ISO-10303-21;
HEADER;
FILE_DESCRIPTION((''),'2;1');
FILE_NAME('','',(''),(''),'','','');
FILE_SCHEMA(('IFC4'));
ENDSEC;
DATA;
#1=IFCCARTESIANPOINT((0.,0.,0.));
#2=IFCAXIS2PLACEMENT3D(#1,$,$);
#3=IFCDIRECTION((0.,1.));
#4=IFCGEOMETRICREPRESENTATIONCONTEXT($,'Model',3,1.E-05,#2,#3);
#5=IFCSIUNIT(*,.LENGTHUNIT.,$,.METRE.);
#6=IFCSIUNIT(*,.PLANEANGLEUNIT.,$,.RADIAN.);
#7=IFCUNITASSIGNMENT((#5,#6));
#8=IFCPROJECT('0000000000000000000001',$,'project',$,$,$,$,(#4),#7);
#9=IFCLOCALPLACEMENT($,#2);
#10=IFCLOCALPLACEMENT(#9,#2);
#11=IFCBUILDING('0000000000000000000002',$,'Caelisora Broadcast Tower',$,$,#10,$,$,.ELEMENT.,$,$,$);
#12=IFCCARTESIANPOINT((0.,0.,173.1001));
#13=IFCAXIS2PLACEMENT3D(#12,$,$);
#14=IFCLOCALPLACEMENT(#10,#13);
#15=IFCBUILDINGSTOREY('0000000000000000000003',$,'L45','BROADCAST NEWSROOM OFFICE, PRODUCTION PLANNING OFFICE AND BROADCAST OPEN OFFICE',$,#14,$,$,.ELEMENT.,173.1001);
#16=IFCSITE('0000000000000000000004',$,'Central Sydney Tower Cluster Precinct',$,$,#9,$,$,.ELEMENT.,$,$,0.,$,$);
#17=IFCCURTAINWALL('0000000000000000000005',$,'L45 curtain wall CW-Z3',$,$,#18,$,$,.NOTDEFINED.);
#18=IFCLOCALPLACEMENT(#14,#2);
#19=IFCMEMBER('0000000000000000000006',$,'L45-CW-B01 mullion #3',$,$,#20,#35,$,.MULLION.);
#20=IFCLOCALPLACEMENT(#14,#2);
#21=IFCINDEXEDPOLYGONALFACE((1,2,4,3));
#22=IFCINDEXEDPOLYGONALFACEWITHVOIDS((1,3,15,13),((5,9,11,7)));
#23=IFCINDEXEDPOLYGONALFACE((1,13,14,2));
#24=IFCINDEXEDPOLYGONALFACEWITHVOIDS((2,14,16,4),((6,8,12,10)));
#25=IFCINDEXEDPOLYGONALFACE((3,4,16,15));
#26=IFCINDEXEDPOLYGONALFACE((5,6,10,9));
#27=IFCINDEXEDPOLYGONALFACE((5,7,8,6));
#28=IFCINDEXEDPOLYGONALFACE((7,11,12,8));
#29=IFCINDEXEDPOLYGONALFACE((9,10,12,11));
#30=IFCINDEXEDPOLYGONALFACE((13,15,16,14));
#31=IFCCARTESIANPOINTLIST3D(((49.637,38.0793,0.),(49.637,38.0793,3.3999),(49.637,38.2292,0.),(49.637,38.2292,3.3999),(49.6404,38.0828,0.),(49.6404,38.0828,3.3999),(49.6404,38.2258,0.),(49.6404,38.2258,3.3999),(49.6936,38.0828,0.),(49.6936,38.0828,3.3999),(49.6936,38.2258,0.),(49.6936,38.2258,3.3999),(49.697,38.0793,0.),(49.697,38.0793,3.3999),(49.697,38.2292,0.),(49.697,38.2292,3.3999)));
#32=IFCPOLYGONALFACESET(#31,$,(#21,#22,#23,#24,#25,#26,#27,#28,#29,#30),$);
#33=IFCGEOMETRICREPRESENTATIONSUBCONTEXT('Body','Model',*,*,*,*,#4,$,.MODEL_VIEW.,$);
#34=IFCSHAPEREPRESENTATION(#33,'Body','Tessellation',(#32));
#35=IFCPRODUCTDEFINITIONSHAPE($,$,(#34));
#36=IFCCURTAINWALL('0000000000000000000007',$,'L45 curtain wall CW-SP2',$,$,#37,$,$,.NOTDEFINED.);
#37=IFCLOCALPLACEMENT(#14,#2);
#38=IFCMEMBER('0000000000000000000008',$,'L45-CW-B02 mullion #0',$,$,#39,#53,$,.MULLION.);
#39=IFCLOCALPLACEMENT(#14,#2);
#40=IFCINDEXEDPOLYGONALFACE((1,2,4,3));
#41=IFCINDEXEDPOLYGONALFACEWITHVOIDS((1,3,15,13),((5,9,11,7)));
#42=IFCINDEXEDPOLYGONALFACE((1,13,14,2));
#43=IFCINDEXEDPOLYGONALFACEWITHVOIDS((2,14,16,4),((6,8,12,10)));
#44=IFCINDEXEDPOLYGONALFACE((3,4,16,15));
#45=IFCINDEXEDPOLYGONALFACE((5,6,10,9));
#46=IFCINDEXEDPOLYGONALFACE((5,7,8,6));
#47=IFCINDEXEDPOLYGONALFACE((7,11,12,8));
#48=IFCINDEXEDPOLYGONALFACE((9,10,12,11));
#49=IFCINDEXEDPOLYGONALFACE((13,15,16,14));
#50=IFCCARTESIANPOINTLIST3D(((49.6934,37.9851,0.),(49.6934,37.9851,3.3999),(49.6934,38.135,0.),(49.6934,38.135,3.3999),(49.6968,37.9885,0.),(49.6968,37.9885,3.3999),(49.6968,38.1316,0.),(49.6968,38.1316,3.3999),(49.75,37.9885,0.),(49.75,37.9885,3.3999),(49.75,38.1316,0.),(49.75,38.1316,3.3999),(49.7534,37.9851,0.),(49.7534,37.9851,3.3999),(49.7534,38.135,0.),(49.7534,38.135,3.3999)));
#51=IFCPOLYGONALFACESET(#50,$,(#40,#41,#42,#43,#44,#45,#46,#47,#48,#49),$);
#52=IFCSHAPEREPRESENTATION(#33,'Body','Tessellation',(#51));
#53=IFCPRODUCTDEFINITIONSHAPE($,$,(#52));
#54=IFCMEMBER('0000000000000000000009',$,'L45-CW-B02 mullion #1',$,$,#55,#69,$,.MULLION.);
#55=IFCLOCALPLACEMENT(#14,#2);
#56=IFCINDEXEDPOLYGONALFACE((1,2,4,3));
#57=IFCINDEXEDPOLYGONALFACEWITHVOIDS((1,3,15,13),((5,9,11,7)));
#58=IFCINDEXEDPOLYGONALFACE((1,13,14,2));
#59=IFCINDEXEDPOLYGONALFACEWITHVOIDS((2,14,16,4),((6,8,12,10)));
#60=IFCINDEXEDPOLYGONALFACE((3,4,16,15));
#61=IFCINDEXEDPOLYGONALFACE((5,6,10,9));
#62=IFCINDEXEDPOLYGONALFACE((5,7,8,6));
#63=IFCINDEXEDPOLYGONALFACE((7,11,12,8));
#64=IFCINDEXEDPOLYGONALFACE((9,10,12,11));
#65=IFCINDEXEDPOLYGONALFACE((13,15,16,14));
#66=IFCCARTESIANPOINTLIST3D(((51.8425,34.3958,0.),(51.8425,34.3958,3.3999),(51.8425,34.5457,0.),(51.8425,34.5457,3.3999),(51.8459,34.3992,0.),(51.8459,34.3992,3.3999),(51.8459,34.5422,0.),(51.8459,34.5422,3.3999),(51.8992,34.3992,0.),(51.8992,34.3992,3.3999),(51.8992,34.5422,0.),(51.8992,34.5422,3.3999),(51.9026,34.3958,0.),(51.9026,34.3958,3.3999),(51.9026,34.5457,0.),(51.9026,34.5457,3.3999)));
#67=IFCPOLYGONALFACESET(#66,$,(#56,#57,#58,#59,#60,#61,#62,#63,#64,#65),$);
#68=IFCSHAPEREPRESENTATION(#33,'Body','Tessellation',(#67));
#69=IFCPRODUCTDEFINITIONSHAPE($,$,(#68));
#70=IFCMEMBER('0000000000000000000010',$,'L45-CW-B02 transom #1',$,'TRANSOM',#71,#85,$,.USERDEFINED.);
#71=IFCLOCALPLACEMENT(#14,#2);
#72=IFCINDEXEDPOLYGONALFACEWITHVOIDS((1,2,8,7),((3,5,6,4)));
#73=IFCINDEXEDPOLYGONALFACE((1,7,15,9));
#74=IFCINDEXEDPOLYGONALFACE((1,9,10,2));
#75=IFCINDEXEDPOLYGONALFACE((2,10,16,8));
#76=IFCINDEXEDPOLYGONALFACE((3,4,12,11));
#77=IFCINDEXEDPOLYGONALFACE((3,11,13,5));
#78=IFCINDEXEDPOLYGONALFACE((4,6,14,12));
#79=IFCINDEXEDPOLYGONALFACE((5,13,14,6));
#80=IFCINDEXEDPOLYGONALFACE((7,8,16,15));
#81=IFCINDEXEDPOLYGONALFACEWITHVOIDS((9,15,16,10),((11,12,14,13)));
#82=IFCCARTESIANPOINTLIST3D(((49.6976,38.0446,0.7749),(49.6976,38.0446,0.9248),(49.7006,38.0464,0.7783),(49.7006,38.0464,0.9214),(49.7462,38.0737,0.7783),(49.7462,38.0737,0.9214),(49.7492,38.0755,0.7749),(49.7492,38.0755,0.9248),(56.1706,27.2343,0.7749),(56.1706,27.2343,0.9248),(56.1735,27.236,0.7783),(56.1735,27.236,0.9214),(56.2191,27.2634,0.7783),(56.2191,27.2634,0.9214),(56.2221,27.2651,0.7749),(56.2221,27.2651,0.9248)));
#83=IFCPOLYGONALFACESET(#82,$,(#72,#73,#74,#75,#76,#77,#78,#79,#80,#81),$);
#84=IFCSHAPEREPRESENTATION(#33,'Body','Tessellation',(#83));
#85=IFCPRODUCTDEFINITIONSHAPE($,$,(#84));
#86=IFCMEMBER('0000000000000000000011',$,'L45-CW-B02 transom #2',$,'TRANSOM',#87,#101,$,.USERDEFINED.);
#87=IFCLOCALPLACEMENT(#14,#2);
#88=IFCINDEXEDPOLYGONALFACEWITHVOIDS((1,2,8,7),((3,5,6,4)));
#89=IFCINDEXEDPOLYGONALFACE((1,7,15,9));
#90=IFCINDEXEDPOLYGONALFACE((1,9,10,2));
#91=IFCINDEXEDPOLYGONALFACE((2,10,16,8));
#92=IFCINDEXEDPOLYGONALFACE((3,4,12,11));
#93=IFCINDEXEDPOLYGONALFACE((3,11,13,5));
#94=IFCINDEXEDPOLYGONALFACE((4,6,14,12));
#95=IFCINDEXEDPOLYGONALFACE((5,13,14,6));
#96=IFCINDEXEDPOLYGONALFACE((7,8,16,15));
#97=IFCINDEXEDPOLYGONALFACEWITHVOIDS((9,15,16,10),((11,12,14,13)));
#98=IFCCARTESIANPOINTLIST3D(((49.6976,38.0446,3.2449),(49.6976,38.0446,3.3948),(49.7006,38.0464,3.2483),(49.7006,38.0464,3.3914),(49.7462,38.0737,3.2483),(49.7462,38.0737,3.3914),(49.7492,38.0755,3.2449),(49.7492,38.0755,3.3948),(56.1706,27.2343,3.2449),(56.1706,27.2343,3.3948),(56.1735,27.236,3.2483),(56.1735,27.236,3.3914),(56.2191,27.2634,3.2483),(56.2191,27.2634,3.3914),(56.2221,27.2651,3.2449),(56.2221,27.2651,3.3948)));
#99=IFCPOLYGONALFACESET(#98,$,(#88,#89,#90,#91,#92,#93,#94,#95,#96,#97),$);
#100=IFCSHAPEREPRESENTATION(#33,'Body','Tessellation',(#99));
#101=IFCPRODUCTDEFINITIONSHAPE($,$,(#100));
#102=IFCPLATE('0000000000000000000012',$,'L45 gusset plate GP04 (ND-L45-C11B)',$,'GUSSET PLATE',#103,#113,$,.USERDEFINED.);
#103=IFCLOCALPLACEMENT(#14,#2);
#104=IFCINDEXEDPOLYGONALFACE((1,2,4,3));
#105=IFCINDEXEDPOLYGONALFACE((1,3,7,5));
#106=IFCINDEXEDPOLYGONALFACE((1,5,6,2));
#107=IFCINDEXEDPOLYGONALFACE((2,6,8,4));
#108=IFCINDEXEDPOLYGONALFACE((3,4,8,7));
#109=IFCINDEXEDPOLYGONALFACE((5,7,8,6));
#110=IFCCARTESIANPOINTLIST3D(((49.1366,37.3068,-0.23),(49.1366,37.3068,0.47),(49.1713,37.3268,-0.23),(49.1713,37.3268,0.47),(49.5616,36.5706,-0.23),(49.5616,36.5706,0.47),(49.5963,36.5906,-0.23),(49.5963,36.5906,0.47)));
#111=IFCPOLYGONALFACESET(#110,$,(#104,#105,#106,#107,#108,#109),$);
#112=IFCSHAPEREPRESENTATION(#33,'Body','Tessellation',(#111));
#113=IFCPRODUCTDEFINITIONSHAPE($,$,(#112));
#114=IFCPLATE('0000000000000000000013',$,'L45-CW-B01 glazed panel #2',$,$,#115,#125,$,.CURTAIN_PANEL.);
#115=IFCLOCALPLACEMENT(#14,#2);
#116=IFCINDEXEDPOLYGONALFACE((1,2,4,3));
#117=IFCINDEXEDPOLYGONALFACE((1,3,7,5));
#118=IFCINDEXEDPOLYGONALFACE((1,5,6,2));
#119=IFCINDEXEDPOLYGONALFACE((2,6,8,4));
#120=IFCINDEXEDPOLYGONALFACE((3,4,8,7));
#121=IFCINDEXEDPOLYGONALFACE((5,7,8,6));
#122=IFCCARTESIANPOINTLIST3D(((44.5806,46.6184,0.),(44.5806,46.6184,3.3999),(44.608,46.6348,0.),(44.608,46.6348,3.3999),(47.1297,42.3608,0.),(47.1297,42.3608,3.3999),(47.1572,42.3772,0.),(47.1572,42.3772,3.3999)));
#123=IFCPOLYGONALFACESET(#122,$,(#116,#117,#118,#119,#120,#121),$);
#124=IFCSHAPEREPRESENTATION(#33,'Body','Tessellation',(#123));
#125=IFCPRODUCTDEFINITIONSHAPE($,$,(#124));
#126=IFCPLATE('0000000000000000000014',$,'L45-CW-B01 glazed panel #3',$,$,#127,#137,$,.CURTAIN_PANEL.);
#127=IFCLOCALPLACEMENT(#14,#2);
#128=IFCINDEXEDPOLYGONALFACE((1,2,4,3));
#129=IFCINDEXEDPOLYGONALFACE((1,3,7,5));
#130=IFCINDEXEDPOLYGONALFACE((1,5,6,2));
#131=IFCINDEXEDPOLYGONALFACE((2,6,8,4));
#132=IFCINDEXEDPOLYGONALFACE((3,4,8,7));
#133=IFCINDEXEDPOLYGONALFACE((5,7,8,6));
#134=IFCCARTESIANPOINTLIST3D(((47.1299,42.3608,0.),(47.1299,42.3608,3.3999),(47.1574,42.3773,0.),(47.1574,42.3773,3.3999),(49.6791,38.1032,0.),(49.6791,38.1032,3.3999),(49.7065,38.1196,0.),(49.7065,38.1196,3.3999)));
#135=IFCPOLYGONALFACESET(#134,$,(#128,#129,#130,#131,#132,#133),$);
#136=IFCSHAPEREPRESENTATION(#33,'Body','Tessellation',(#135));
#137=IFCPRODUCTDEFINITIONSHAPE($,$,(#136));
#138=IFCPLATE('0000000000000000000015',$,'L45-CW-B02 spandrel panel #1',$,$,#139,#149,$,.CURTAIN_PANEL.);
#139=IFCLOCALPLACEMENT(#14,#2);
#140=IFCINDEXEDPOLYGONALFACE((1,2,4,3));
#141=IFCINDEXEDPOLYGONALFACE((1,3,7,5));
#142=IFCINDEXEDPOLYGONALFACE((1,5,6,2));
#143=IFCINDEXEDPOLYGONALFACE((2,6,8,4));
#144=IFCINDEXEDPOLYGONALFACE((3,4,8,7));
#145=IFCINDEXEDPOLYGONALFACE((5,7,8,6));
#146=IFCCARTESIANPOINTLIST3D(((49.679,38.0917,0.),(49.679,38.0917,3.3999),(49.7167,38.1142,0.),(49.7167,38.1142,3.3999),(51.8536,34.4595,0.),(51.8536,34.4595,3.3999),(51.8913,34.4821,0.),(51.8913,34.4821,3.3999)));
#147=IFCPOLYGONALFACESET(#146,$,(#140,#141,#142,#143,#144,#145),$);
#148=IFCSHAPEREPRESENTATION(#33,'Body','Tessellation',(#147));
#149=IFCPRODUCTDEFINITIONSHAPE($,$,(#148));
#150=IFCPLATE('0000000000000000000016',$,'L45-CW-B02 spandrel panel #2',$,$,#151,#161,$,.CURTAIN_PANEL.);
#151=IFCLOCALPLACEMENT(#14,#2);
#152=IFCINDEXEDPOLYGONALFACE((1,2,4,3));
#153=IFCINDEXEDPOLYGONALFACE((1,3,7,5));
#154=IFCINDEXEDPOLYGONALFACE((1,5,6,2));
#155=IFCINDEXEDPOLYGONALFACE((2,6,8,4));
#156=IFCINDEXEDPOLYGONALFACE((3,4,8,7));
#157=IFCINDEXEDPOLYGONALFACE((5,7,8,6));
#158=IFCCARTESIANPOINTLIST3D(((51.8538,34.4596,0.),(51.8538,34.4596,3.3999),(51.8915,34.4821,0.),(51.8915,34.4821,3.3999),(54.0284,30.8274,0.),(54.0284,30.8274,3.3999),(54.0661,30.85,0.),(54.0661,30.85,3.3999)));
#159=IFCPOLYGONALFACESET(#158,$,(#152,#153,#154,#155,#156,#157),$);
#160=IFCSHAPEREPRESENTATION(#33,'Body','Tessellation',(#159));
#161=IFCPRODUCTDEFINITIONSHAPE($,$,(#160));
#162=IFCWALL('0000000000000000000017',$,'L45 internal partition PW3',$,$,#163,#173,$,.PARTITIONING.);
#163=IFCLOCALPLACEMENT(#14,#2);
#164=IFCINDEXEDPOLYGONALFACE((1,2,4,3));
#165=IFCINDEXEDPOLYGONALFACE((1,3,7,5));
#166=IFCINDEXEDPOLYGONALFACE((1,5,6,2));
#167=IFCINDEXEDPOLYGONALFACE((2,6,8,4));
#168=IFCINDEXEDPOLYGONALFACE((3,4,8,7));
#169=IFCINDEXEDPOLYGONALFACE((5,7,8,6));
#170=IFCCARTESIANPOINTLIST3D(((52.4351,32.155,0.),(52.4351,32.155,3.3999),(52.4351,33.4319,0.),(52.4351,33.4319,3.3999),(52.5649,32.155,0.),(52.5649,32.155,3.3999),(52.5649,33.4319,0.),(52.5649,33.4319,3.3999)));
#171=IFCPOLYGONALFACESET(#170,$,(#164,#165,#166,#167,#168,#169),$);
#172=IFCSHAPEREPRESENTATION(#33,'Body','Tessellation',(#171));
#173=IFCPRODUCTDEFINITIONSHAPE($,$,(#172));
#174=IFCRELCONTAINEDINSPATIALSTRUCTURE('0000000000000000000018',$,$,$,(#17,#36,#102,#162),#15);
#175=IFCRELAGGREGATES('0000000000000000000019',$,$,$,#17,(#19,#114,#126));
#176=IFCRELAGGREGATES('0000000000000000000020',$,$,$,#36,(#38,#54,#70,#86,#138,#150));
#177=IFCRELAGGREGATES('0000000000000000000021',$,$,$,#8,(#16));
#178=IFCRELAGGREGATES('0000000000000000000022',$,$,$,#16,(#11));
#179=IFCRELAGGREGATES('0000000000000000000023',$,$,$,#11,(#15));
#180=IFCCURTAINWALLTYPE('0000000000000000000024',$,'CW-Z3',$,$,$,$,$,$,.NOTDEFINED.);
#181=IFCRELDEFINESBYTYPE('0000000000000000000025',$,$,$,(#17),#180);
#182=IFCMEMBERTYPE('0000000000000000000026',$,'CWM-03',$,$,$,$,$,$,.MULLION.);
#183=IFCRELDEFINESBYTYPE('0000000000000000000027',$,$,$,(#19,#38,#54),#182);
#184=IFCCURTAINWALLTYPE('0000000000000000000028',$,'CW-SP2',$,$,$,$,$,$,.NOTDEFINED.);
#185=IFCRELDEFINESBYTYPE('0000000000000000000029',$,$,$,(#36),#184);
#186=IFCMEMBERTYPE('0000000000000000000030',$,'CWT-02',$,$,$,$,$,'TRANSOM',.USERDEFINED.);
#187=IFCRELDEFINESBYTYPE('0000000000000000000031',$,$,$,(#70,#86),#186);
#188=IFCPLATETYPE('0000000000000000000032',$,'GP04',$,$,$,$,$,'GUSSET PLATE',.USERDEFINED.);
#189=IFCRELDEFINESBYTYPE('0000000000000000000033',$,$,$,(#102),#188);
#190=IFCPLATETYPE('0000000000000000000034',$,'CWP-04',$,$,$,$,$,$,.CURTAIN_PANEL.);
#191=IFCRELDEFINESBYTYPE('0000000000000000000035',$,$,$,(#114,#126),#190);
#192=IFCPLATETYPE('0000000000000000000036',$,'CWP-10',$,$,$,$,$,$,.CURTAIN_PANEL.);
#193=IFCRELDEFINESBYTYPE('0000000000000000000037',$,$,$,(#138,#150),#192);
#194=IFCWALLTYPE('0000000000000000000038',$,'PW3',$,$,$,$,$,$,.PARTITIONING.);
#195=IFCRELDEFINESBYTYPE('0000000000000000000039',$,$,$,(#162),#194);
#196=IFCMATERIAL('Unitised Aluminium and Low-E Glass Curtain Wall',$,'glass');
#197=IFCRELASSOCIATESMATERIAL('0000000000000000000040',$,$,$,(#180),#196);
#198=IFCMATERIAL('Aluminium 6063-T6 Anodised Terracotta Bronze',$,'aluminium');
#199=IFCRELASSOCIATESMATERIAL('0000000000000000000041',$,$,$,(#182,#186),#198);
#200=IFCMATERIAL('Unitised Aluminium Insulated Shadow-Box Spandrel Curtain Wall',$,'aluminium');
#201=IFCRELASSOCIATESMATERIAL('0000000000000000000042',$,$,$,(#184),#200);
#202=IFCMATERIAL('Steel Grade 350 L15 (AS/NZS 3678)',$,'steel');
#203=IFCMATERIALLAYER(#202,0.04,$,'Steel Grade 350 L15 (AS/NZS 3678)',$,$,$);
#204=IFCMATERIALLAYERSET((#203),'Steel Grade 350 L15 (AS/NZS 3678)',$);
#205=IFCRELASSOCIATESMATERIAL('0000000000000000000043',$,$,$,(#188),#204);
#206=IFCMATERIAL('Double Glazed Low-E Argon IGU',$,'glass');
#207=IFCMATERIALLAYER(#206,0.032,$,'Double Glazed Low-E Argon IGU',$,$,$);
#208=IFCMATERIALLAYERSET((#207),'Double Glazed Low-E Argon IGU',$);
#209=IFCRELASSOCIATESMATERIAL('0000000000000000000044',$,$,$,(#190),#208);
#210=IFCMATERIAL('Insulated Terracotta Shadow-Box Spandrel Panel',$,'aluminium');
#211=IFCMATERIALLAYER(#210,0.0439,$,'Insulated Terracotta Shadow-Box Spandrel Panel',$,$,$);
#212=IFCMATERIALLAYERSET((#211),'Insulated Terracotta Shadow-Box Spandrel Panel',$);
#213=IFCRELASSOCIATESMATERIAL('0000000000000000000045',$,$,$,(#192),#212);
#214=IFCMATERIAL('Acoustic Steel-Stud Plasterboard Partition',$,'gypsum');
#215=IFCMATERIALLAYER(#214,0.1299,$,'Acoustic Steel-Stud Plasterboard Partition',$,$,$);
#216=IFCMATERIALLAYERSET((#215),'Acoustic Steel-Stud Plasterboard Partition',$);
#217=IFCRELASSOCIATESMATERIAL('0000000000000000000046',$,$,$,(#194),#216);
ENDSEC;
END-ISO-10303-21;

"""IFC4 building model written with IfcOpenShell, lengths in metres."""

from ifc_helpers import new_model, si_unit, direction, frame, frame_2d, origin, origin_2d, place, context, subcontext, project, spatial, rectangle, hollow_rectangle, extrude, source, transform, mapped, material, layer, layer_set, material_profile, profile_set, type_object, type_shapes, element, aggregate, save


model = new_model("IFC4")

# Units and contexts
model_context = context("Model", 3, precision=1e-05, world=origin(), true_north=direction((0.0, 1.0)))
body_context = subcontext(model_context, "Body", "Model", "MODEL_VIEW")
ifc_project = project(units=[si_unit("LENGTHUNIT", "METRE"), si_unit("PLANEANGLEUNIT", "RADIAN")], contexts=[model_context])

# Site, building, storey
site_placement = place(None, origin())
site = spatial("IfcSite", under=ifc_project, at=site_placement, Name="Central Sydney Tower Cluster Precinct", CompositionType="ELEMENT", RefElevation=0.0)
building_placement = place(site_placement, origin())
building = spatial("IfcBuilding", under=site, at=building_placement, Name="Caelisora Broadcast Tower", CompositionType="ELEMENT")
storey_placement = place(building_placement, frame((0.0, 0.0, 173.1001)))
storey = spatial("IfcBuildingStorey", under=building, at=storey_placement, Name="L45", Description="BROADCAST NEWSROOM OFFICE, PRODUCTION PLANNING OFFICE AND BROADCAST OPEN OFFICE", CompositionType="ELEMENT", Elevation=173.1001)

# Shared definitions
ifc_material_1 = material(Name="Steel Grade 350 L15 (AS/NZS 3678)", Category="steel")

# Curtain walls, members
ifc_material_2 = material(Name="Unitised Aluminium and Low-E Glass Curtain Wall", Category="glass")
curtain_wall_type_1 = type_object("IfcCurtainWallType", Name="CW-Z3", PredefinedType="NOTDEFINED", material=ifc_material_2)
curtain_wall_1_placement = place(storey_placement, origin())
curtain_wall_1 = element("IfcCurtainWall", 1, at=curtain_wall_1_placement, inside=storey, type_object=curtain_wall_type_1, Name="L45 curtain wall CW-Z3", PredefinedType="NOTDEFINED")
ifc_material_3 = material(Name="Aluminium 6063-T6 Anodised Terracotta Bronze", Category="aluminium")
ifc_material_profile_1 = material_profile(ifc_material_3, hollow_rectangle(XDim=0.0601, YDim=0.1499, WallThickness=0.0034, at=origin_2d()), Name="Aluminium 6063-T6 Anodised Terracotta Bronze")
ifc_profile_set_1 = profile_set([ifc_material_profile_1], Name="Aluminium 6063-T6 Anodised Terracotta Bronze")
member_type_1 = type_object("IfcMemberType", Name="CWM-03", PredefinedType="MULLION", material=ifc_profile_set_1)
shared_shape_1 = source(origin(), body_context, "Body", "SweptSolid", [
    extrude(hollow_rectangle(XDim=0.0601, YDim=0.1499, WallThickness=0.0034, at=origin_2d()), origin(), (0.0, 0.0, 1.0), 3.3999),
])
type_shapes(member_type_1, [shared_shape_1])
member_1_placement = place(storey_placement, frame((49.667, 38.1543, 0.0), z_axis=(0.0, 0.0, 1.0), x_axis=(1.0, 0.0, 0.0)))
member_1 = element("IfcMember", 2, at=member_1_placement, type_object=member_type_1, Name="L45-CW-B01 mullion #3", PredefinedType="MULLION", context=body_context, shape_type="MappedRepresentation", body=[
    mapped(shared_shape_1, transform((0.0, 0.0, 0.0), scale=1.0)),
])
ifc_material_4 = material(Name="Unitised Aluminium Insulated Shadow-Box Spandrel Curtain Wall", Category="aluminium")
curtain_wall_type_2 = type_object("IfcCurtainWallType", Name="CW-SP2", PredefinedType="NOTDEFINED", material=ifc_material_4)
curtain_wall_2_placement = place(storey_placement, origin())
curtain_wall_2 = element("IfcCurtainWall", 3, at=curtain_wall_2_placement, inside=storey, type_object=curtain_wall_type_2, Name="L45 curtain wall CW-SP2", PredefinedType="NOTDEFINED")
member_2_placement = place(storey_placement, frame((49.7234, 38.0601, 0.0), z_axis=(0.0, 0.0, 1.0), x_axis=(1.0, 0.0, 0.0)))
member_2 = element("IfcMember", 4, at=member_2_placement, type_object=member_type_1, Name="L45-CW-B02 mullion #0", PredefinedType="MULLION", context=body_context, shape_type="MappedRepresentation", body=[
    mapped(shared_shape_1, transform((0.0, 0.0, 0.0), scale=1.0)),
])
member_3_placement = place(storey_placement, frame((51.8726, 34.4707, 0.0), z_axis=(0.0, 0.0, 1.0), x_axis=(1.0, 0.0, 0.0)))
member_3 = element("IfcMember", 5, at=member_3_placement, type_object=member_type_1, Name="L45-CW-B02 mullion #1", PredefinedType="MULLION", context=body_context, shape_type="MappedRepresentation", body=[
    mapped(shared_shape_1, transform((0.0, 0.0, 0.0), scale=1.0)),
])
ifc_material_profile_2 = material_profile(ifc_material_3, hollow_rectangle(XDim=0.0601, YDim=0.1499, WallThickness=0.0034, at=origin_2d()), Name="Aluminium 6063-T6 Anodised Terracotta Bronze")
ifc_profile_set_2 = profile_set([ifc_material_profile_2], Name="Aluminium 6063-T6 Anodised Terracotta Bronze")
member_type_2 = type_object("IfcMemberType", Name="CWT-02", ElementType="TRANSOM", PredefinedType="USERDEFINED", material=ifc_profile_set_2)
shared_shape_2 = source(origin(), body_context, "Body", "SweptSolid", [
    extrude(hollow_rectangle(XDim=0.0601, YDim=0.1499, WallThickness=0.0034, at=origin_2d()), origin(), (0.0, 0.0, 1.0), 12.6001),
])
type_shapes(member_type_2, [shared_shape_2])
member_4_placement = place(storey_placement, frame((49.7234, 38.0601, 0.8499), z_axis=(0.51372, -0.857958, 0.0), x_axis=(0.857958, 0.51372, 0.0)))
member_4 = element("IfcMember", 6, at=member_4_placement, type_object=member_type_2, Name="L45-CW-B02 transom #1", ObjectType="TRANSOM", PredefinedType="USERDEFINED", context=body_context, shape_type="MappedRepresentation", body=[
    mapped(shared_shape_2, transform((0.0, 0.0, 0.0), scale=1.0)),
])
member_5_placement = place(storey_placement, frame((49.7234, 38.0601, 3.3198), z_axis=(0.51372, -0.857958, 0.0), x_axis=(0.857958, 0.51372, 0.0)))
member_5 = element("IfcMember", 7, at=member_5_placement, type_object=member_type_2, Name="L45-CW-B02 transom #2", ObjectType="TRANSOM", PredefinedType="USERDEFINED", context=body_context, shape_type="MappedRepresentation", body=[
    mapped(shared_shape_2, transform((0.0, 0.0, 0.0), scale=1.0)),
])

# Plates
ifc_layer_1 = layer(ifc_material_1, 0.04, Name="Steel Grade 350 L15 (AS/NZS 3678)")
ifc_layer_set_1 = layer_set([ifc_layer_1], Name="Steel Grade 350 L15 (AS/NZS 3678)")
plate_type_1 = type_object("IfcPlateType", Name="GP04", ElementType="GUSSET PLATE", PredefinedType="USERDEFINED", material=ifc_layer_set_1)
shared_shape_3 = source(origin(), body_context, "Body", "SweptSolid", [
    extrude(rectangle(XDim=0.8501, YDim=0.04, at=origin_2d()), origin(), (0.0, 0.0, 1.0), 0.7),
])
type_shapes(plate_type_1, [shared_shape_3])
plate_1_placement = place(storey_placement, frame((49.3665, 36.9487, -0.23), z_axis=(0.0, 0.0, 1.0), x_axis=(-0.5, 0.866025, 0.0)))
element("IfcPlate", 8, at=plate_1_placement, inside=storey, type_object=plate_type_1, Name="L45 gusset plate GP04 (ND-L45-C11B)", ObjectType="GUSSET PLATE", PredefinedType="USERDEFINED", context=body_context, shape_type="MappedRepresentation", body=[
    mapped(shared_shape_3, transform((0.0, 0.0, 0.0), scale=1.0)),
])
ifc_material_5 = material(Name="Double Glazed Low-E Argon IGU", Category="glass")
ifc_layer_2 = layer(ifc_material_5, 0.032, Name="Double Glazed Low-E Argon IGU")
ifc_layer_set_2 = layer_set([ifc_layer_2], Name="Double Glazed Low-E Argon IGU")
plate_type_2 = type_object("IfcPlateType", Name="CWP-04", PredefinedType="CURTAIN_PANEL", material=ifc_layer_set_2)
shared_shape_4 = source(origin(), body_context, "Body", "SweptSolid", [
    extrude(rectangle(XDim=4.9624, YDim=0.032, at=origin_2d()), origin(), (0.0, 0.0, 1.0), 3.3999),
])
type_shapes(plate_type_2, [shared_shape_4])
plate_2_placement = place(storey_placement, frame((45.8689, 44.4978, 0.0), z_axis=(0.0, 0.0, 1.0), x_axis=(0.513691, -0.857975, 0.0)))
plate_2 = element("IfcPlate", 9, at=plate_2_placement, type_object=plate_type_2, Name="L45-CW-B01 glazed panel #2", PredefinedType="CURTAIN_PANEL", context=body_context, shape_type="MappedRepresentation", body=[
    mapped(shared_shape_4, transform((0.0, 0.0, 0.0), scale=1.0)),
])
plate_3_placement = place(storey_placement, frame((48.4182, 40.2402, 0.0), z_axis=(0.0, 0.0, 1.0), x_axis=(0.513691, -0.857975, 0.0)))
plate_3 = element("IfcPlate", 10, at=plate_3_placement, type_object=plate_type_2, Name="L45-CW-B01 glazed panel #3", PredefinedType="CURTAIN_PANEL", context=body_context, shape_type="MappedRepresentation", body=[
    mapped(shared_shape_4, transform((0.0, 0.0, 0.0), scale=1.0)),
])
aggregate(curtain_wall_1, [member_1, plate_2, plate_3])
ifc_material_6 = material(Name="Insulated Terracotta Shadow-Box Spandrel Panel", Category="aluminium")
ifc_layer_3 = layer(ifc_material_6, 0.0439, Name="Insulated Terracotta Shadow-Box Spandrel Panel")
ifc_layer_set_3 = layer_set([ifc_layer_3], Name="Insulated Terracotta Shadow-Box Spandrel Panel")
plate_type_3 = type_object("IfcPlateType", Name="CWP-10", PredefinedType="CURTAIN_PANEL", material=ifc_layer_set_3)
shared_shape_5 = source(origin(), body_context, "Body", "SweptSolid", [
    extrude(rectangle(XDim=4.2334, YDim=0.0439, at=origin_2d()), origin(), (0.0, 0.0, 1.0), 3.3999),
])
type_shapes(plate_type_3, [shared_shape_5])
plate_4_placement = place(storey_placement, frame((50.7852, 36.2869, 0.0), z_axis=(0.0, 0.0, 1.0), x_axis=(0.513691, -0.857975, 0.0)))
plate_4 = element("IfcPlate", 11, at=plate_4_placement, type_object=plate_type_3, Name="L45-CW-B02 spandrel panel #1", PredefinedType="CURTAIN_PANEL", context=body_context, shape_type="MappedRepresentation", body=[
    mapped(shared_shape_5, transform((0.0, 0.0, 0.0), scale=1.0)),
])
plate_5_placement = place(storey_placement, frame((52.96, 32.6548, 0.0), z_axis=(0.0, 0.0, 1.0), x_axis=(0.513691, -0.857975, 0.0)))
plate_5 = element("IfcPlate", 12, at=plate_5_placement, type_object=plate_type_3, Name="L45-CW-B02 spandrel panel #2", PredefinedType="CURTAIN_PANEL", context=body_context, shape_type="MappedRepresentation", body=[
    mapped(shared_shape_5, transform((0.0, 0.0, 0.0), scale=1.0)),
])
aggregate(curtain_wall_2, [member_2, member_3, member_4, member_5, plate_4, plate_5])

# Wall
ifc_material_7 = material(Name="Acoustic Steel-Stud Plasterboard Partition", Category="gypsum")
ifc_layer_4 = layer(ifc_material_7, 0.1299, Name="Acoustic Steel-Stud Plasterboard Partition")
ifc_layer_set_4 = layer_set([ifc_layer_4], Name="Acoustic Steel-Stud Plasterboard Partition")
wall_type = type_object("IfcWallType", Name="PW3", PredefinedType="PARTITIONING", material=ifc_layer_set_4)
wall_placement = place(storey_placement, frame((52.5, 32.155, 0.0), z_axis=(0.0, 0.0, 1.0), x_axis=(0.0, 1.0, 0.0)))
element("IfcWall", 13, at=wall_placement, inside=storey, type_object=wall_type, Name="L45 internal partition PW3", PredefinedType="PARTITIONING", context=body_context, shape_type="SweptSolid", body=[
    extrude(rectangle(XDim=1.2769, YDim=0.1299, at=frame_2d((0.6384, 0.0))), origin(), (0.0, 0.0, 1.0), 3.3999),
])

save(model, "model.ifc")
